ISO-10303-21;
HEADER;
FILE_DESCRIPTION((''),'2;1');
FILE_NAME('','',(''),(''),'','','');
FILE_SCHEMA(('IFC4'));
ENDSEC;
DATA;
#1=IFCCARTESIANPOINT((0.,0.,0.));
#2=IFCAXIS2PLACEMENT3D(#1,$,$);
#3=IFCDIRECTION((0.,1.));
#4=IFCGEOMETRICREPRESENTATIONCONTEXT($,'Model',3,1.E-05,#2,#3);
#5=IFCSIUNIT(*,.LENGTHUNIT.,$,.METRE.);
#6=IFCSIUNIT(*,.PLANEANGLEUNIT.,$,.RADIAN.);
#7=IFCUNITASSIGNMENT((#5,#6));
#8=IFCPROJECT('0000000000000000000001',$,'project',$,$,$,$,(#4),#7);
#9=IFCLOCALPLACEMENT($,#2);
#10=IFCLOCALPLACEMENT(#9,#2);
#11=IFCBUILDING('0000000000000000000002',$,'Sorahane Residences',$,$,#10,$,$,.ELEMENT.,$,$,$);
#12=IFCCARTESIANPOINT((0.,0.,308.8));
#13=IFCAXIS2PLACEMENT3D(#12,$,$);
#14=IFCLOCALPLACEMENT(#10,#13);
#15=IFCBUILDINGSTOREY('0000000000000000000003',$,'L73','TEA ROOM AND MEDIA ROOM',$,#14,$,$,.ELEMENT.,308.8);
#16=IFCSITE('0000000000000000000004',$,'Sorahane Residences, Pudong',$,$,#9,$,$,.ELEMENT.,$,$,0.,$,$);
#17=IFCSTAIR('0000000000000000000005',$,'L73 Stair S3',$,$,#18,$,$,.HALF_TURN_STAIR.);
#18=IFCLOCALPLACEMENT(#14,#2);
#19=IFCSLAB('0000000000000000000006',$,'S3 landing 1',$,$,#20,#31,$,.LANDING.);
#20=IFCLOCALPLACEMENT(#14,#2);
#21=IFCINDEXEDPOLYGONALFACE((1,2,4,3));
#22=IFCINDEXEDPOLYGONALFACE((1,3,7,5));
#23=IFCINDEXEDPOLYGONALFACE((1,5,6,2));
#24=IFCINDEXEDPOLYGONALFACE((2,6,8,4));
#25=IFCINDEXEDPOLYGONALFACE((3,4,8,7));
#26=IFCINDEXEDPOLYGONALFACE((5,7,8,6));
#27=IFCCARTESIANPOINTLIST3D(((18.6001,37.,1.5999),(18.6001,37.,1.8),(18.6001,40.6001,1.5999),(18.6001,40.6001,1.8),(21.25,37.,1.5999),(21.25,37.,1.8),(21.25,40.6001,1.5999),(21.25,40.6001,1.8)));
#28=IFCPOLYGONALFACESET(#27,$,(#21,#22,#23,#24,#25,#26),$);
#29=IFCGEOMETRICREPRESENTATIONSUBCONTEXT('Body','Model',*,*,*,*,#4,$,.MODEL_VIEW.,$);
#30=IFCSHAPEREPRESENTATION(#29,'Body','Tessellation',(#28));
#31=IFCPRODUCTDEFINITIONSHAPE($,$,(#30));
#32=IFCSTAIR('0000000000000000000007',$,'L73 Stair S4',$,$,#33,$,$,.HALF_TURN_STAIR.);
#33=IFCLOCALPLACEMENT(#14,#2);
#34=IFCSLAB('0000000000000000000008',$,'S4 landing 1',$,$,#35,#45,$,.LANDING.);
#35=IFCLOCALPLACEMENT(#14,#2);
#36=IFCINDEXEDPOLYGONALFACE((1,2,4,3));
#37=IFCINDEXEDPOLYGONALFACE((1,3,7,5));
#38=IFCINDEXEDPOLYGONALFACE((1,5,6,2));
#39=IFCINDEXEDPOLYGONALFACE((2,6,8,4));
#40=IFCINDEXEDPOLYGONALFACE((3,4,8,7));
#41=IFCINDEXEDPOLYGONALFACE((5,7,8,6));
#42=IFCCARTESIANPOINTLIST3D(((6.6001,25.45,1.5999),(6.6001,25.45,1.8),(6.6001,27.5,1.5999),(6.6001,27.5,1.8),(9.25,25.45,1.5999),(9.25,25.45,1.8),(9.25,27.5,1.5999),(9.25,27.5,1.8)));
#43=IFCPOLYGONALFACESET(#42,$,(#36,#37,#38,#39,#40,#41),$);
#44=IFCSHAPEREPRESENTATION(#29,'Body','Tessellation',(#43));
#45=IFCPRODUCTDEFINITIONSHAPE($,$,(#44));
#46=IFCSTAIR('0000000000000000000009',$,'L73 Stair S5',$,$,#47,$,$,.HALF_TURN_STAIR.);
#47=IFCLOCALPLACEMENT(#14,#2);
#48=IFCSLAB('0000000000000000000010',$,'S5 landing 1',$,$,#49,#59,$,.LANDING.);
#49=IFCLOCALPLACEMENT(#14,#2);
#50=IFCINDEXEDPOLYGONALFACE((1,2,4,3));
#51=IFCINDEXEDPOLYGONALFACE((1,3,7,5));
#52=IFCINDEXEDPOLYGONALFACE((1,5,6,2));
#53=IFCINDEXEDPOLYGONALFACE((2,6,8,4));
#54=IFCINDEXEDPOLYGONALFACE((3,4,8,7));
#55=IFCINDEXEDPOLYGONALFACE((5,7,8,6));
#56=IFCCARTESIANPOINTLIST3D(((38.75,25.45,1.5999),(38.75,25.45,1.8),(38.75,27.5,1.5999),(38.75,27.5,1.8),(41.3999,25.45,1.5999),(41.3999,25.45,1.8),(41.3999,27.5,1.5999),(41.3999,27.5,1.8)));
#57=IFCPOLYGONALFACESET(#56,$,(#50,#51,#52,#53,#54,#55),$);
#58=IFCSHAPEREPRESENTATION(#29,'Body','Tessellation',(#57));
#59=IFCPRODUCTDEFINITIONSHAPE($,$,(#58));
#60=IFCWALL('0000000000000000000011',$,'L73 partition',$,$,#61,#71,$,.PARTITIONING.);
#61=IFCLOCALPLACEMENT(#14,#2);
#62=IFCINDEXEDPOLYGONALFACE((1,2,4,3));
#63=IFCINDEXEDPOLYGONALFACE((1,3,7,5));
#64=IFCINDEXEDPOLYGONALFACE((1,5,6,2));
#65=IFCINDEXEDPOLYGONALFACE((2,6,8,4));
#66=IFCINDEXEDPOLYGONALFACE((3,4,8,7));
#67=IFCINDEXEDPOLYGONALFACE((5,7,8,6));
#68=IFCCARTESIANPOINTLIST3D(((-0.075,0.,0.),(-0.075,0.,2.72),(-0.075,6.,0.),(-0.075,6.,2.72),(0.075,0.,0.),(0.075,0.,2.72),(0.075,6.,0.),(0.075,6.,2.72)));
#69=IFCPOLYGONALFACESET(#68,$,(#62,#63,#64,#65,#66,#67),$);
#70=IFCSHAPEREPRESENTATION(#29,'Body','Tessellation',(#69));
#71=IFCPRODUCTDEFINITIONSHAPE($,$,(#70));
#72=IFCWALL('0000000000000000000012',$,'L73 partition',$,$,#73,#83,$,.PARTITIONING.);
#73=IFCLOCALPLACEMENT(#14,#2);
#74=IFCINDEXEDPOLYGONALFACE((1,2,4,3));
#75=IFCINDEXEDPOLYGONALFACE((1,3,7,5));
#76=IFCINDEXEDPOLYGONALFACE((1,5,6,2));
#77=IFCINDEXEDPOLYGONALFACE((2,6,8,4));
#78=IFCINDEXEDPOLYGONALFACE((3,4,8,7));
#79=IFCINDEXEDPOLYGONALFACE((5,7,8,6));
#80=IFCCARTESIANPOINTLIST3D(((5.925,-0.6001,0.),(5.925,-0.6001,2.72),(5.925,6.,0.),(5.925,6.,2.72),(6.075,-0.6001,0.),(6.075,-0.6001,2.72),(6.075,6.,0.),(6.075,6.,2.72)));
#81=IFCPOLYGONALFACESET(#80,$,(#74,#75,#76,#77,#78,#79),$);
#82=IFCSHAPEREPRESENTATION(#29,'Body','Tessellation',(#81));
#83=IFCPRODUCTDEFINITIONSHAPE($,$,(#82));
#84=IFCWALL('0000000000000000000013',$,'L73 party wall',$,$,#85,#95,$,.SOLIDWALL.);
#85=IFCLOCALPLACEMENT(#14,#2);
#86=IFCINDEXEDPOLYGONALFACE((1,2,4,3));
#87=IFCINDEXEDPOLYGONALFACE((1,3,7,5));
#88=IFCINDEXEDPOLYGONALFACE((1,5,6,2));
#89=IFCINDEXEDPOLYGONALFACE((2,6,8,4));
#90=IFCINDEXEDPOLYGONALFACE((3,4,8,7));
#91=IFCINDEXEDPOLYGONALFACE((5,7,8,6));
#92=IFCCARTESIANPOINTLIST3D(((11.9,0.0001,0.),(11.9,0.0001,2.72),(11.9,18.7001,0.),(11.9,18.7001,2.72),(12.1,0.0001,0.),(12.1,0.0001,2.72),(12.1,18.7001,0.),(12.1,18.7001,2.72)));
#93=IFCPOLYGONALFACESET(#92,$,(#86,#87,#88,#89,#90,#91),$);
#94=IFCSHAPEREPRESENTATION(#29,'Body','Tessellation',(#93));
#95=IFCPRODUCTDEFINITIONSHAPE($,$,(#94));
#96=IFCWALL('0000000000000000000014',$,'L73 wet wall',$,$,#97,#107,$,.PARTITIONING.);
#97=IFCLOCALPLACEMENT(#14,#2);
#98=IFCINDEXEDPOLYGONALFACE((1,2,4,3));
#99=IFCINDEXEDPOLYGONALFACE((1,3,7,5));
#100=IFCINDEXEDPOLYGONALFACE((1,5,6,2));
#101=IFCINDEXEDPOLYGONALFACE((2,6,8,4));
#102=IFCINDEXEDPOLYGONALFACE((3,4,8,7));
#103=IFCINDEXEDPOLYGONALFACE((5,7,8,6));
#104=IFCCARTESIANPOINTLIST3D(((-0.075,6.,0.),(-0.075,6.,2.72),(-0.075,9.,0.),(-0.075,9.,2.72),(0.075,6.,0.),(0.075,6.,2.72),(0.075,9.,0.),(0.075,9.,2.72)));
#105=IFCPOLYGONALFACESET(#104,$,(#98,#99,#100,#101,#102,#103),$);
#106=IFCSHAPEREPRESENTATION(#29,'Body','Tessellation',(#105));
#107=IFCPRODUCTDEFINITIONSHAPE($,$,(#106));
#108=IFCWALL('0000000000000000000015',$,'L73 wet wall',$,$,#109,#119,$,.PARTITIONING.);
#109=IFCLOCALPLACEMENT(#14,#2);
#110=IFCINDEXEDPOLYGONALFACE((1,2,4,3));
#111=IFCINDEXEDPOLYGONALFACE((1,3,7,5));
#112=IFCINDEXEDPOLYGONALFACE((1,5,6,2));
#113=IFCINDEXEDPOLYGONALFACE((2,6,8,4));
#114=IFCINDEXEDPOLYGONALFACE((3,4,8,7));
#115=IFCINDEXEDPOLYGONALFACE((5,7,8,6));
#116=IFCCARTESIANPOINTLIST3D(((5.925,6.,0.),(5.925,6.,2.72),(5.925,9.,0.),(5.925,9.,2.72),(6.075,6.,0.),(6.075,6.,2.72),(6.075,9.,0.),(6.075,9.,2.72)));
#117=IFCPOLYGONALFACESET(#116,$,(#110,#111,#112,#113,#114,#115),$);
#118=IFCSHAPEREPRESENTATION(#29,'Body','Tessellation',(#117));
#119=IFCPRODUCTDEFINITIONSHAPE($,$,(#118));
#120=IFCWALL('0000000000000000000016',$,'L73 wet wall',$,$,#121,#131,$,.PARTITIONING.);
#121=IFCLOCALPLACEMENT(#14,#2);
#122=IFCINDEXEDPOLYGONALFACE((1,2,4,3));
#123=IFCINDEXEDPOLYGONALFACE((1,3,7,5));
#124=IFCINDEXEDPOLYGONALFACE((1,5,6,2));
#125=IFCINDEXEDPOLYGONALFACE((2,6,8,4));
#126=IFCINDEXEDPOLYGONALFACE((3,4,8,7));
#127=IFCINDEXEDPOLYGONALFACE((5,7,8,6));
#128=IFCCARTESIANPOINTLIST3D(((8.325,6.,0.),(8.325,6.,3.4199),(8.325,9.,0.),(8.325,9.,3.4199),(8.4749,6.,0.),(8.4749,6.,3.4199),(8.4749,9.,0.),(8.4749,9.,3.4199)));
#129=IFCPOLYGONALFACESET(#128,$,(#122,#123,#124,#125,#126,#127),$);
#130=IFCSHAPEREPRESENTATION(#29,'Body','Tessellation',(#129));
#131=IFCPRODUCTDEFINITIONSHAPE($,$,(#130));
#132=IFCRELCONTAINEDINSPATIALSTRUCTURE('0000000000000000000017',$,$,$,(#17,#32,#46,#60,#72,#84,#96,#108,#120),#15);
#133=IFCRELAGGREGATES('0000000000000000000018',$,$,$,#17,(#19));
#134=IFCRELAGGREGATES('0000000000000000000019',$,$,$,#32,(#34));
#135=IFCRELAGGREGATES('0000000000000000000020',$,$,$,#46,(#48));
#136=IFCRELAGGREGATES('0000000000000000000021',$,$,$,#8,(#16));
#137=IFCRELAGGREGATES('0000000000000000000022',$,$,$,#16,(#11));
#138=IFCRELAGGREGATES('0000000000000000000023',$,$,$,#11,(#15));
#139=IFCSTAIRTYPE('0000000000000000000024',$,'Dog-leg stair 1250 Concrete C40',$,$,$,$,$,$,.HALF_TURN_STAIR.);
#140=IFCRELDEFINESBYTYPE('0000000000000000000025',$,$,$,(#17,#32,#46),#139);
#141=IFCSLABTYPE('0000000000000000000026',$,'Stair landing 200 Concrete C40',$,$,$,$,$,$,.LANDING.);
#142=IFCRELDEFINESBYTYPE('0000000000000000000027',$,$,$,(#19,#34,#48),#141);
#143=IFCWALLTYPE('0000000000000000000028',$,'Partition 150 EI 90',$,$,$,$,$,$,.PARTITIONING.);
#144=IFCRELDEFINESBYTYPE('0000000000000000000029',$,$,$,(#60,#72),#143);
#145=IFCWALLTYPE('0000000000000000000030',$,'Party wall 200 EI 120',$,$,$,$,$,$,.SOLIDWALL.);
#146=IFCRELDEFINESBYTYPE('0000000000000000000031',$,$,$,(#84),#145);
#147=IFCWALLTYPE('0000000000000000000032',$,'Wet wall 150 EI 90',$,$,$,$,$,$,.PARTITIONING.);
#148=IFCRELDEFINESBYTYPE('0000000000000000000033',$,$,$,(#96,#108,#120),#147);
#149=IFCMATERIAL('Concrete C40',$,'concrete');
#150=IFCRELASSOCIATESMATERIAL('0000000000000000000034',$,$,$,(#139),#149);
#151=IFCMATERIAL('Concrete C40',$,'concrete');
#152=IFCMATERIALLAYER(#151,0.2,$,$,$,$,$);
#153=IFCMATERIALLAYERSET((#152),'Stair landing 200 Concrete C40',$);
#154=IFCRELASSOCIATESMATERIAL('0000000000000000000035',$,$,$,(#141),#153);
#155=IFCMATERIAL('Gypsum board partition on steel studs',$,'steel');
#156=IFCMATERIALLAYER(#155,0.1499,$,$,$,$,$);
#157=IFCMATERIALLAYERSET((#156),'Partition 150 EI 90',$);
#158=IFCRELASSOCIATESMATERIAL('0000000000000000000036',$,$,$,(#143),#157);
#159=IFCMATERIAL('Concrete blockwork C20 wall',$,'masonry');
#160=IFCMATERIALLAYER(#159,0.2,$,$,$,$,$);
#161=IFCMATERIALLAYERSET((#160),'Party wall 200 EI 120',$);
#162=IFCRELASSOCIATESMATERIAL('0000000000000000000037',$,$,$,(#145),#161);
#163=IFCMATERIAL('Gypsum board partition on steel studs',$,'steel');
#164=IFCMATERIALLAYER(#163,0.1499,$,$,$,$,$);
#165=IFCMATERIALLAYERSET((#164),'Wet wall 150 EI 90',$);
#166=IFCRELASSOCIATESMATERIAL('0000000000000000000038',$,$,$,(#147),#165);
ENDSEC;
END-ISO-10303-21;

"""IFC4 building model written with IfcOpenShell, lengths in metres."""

from ifc_helpers import new_model, si_unit, direction, frame, frame_2d, origin, place, context, subcontext, project, spatial, polyline, rectangle, outline, extrude, material, layer, layer_set, type_object, element, aggregate, save


model = new_model("IFC4")

# Units and contexts
model_context = context("Model", 3, precision=1e-05, world=origin(), true_north=direction((0.0, 1.0)))
body_context = subcontext(model_context, "Body", "Model", "MODEL_VIEW")
ifc_project = project(units=[si_unit("LENGTHUNIT", "METRE"), si_unit("PLANEANGLEUNIT", "RADIAN")], contexts=[model_context])

# Site, building, storey
site_placement = place(None, origin())
site = spatial("IfcSite", under=ifc_project, at=site_placement, Name="Sorahane Residences, Pudong", CompositionType="ELEMENT", RefElevation=0.0)
building_placement = place(site_placement, origin())
building = spatial("IfcBuilding", under=site, at=building_placement, Name="Sorahane Residences", CompositionType="ELEMENT")
storey_placement = place(building_placement, frame((0.0, 0.0, 308.8)))
storey = spatial("IfcBuildingStorey", under=building, at=storey_placement, Name="L73", Description="TEA ROOM AND MEDIA ROOM", CompositionType="ELEMENT", Elevation=308.8)

# Stairs, slabs
ifc_material_1 = material(Name="Concrete C40", Category="concrete")
stair_type = type_object("IfcStairType", Name="Dog-leg stair 1250 Concrete C40", PredefinedType="HALF_TURN_STAIR", material=ifc_material_1)
ifc_material_2 = material(Name="Concrete C40", Category="concrete")
ifc_layer_1 = layer(ifc_material_2, 0.2)
ifc_layer_set_1 = layer_set([ifc_layer_1], Name="Stair landing 200 Concrete C40")
slab_type_1 = type_object("IfcSlabType", Name="Stair landing 200 Concrete C40", PredefinedType="LANDING", material=ifc_layer_set_1)
stair_1_placement = place(storey_placement, origin())
stair_1 = element("IfcStair", 1, at=stair_1_placement, inside=storey, type_object=stair_type, Name="L73 Stair S3", PredefinedType="HALF_TURN_STAIR")
slab_1_placement = place(storey_placement, frame((0.0, 0.0, 1.5999)))
slab_1 = element("IfcSlab", 2, at=slab_1_placement, type_object=slab_type_1, Name="S3 landing 1", PredefinedType="LANDING", context=body_context, shape_type="SweptSolid", body=[
    extrude(outline(polyline([(18.6001, 40.6001), (18.6001, 37.0), (21.25, 37.0), (21.25, 40.6001), (18.6001, 40.6001)])), origin(), (0.0, 0.0, 1.0), 0.2002),
])
aggregate(stair_1, [slab_1])
stair_2_placement = place(storey_placement, origin())
stair_2 = element("IfcStair", 3, at=stair_2_placement, inside=storey, type_object=stair_type, Name="L73 Stair S4", PredefinedType="HALF_TURN_STAIR")
slab_2_placement = place(storey_placement, frame((0.0, 0.0, 1.5999)))
slab_2 = element("IfcSlab", 4, at=slab_2_placement, type_object=slab_type_1, Name="S4 landing 1", PredefinedType="LANDING", context=body_context, shape_type="SweptSolid", body=[
    extrude(outline(polyline([(9.25, 25.45), (9.25, 27.5), (6.6001, 27.5), (6.6001, 25.45), (9.25, 25.45)])), origin(), (0.0, 0.0, 1.0), 0.2002),
])
aggregate(stair_2, [slab_2])
stair_3_placement = place(storey_placement, origin())
stair_3 = element("IfcStair", 5, at=stair_3_placement, inside=storey, type_object=stair_type, Name="L73 Stair S5", PredefinedType="HALF_TURN_STAIR")
slab_3_placement = place(storey_placement, frame((0.0, 0.0, 1.5999)))
slab_3 = element("IfcSlab", 6, at=slab_3_placement, type_object=slab_type_1, Name="S5 landing 1", PredefinedType="LANDING", context=body_context, shape_type="SweptSolid", body=[
    extrude(outline(polyline([(41.3999, 25.45), (41.3999, 27.5), (38.75, 27.5), (38.75, 25.45), (41.3999, 25.45)])), origin(), (0.0, 0.0, 1.0), 0.2002),
])
aggregate(stair_3, [slab_3])

# Walls
ifc_material_3 = material(Name="Gypsum board partition on steel studs", Category="steel")
ifc_layer_2 = layer(ifc_material_3, 0.1499)
ifc_layer_set_2 = layer_set([ifc_layer_2], Name="Partition 150 EI 90")
wall_type_1 = type_object("IfcWallType", Name="Partition 150 EI 90", PredefinedType="PARTITIONING", material=ifc_layer_set_2)
wall_1_placement = place(storey_placement, frame((0.0, 0.0, 0.0), z_axis=(0.0, 0.0, 1.0), x_axis=(0.0, 1.0, 0.0)))
element("IfcWall", 7, at=wall_1_placement, inside=storey, type_object=wall_type_1, Name="L73 partition", PredefinedType="PARTITIONING", context=body_context, shape_type="SweptSolid", body=[
    extrude(rectangle(XDim=6.0, YDim=0.1499, at=frame_2d((3.0, 0.0))), origin(), (0.0, 0.0, 1.0), 2.72),
])
wall_2_placement = place(storey_placement, frame((6.0, -0.6001, 0.0), z_axis=(0.0, 0.0, 1.0), x_axis=(0.0, 1.0, 0.0)))
element("IfcWall", 8, at=wall_2_placement, inside=storey, type_object=wall_type_1, Name="L73 partition", PredefinedType="PARTITIONING", context=body_context, shape_type="SweptSolid", body=[
    extrude(rectangle(XDim=6.6001, YDim=0.1499, at=frame_2d((3.3, 0.0))), origin(), (0.0, 0.0, 1.0), 2.72),
])
ifc_material_4 = material(Name="Concrete blockwork C20 wall", Category="masonry")
ifc_layer_3 = layer(ifc_material_4, 0.2)
ifc_layer_set_3 = layer_set([ifc_layer_3], Name="Party wall 200 EI 120")
wall_type_2 = type_object("IfcWallType", Name="Party wall 200 EI 120", PredefinedType="SOLIDWALL", material=ifc_layer_set_3)
wall_3_placement = place(storey_placement, frame((12.0, 0.0, 0.0), z_axis=(0.0, 0.0, 1.0), x_axis=(0.0, 1.0, 0.0)))
element("IfcWall", 9, at=wall_3_placement, inside=storey, type_object=wall_type_2, Name="L73 party wall", PredefinedType="SOLIDWALL", context=body_context, shape_type="SweptSolid", body=[
    extrude(rectangle(XDim=18.7, YDim=0.2, at=frame_2d((9.3501, 0.0))), origin(), (0.0, 0.0, 1.0), 2.72),
])
ifc_material_5 = material(Name="Gypsum board partition on steel studs", Category="steel")
ifc_layer_4 = layer(ifc_material_5, 0.1499)
ifc_layer_set_4 = layer_set([ifc_layer_4], Name="Wet wall 150 EI 90")
wall_type_3 = type_object("IfcWallType", Name="Wet wall 150 EI 90", PredefinedType="PARTITIONING", material=ifc_layer_set_4)
for number, where, z_axis, x_axis, name in (
    (10, (0.0, 6.0, 0.0), (0.0, 0.0, 1.0), (0.0, 1.0, 0.0), "L73 wet wall"),
    (11, (6.0, 6.0, 0.0), (0.0, 0.0, 1.0), (0.0, 1.0, 0.0), "L73 wet wall"),
):
    element("IfcWall", number, at=place(storey_placement, frame(where, z_axis=z_axis, x_axis=x_axis)), inside=storey, type_object=wall_type_3, Name=name, PredefinedType="PARTITIONING", context=body_context, shape_type="SweptSolid", body=[
        extrude(rectangle(XDim=3.0, YDim=0.1499, at=frame_2d((1.5, 0.0))), origin(), (0.0, 0.0, 1.0), 2.72),
    ])
wall_4_placement = place(storey_placement, frame((8.3999, 6.0, 0.0), z_axis=(0.0, 0.0, 1.0), x_axis=(0.0, 1.0, 0.0)))
element("IfcWall", 12, at=wall_4_placement, inside=storey, type_object=wall_type_3, Name="L73 wet wall", PredefinedType="PARTITIONING", context=body_context, shape_type="SweptSolid", body=[
    extrude(rectangle(XDim=3.0, YDim=0.1499, at=frame_2d((1.5, 0.0))), origin(), (0.0, 0.0, 1.0), 3.4199),
])

save(model, "model.ifc")
